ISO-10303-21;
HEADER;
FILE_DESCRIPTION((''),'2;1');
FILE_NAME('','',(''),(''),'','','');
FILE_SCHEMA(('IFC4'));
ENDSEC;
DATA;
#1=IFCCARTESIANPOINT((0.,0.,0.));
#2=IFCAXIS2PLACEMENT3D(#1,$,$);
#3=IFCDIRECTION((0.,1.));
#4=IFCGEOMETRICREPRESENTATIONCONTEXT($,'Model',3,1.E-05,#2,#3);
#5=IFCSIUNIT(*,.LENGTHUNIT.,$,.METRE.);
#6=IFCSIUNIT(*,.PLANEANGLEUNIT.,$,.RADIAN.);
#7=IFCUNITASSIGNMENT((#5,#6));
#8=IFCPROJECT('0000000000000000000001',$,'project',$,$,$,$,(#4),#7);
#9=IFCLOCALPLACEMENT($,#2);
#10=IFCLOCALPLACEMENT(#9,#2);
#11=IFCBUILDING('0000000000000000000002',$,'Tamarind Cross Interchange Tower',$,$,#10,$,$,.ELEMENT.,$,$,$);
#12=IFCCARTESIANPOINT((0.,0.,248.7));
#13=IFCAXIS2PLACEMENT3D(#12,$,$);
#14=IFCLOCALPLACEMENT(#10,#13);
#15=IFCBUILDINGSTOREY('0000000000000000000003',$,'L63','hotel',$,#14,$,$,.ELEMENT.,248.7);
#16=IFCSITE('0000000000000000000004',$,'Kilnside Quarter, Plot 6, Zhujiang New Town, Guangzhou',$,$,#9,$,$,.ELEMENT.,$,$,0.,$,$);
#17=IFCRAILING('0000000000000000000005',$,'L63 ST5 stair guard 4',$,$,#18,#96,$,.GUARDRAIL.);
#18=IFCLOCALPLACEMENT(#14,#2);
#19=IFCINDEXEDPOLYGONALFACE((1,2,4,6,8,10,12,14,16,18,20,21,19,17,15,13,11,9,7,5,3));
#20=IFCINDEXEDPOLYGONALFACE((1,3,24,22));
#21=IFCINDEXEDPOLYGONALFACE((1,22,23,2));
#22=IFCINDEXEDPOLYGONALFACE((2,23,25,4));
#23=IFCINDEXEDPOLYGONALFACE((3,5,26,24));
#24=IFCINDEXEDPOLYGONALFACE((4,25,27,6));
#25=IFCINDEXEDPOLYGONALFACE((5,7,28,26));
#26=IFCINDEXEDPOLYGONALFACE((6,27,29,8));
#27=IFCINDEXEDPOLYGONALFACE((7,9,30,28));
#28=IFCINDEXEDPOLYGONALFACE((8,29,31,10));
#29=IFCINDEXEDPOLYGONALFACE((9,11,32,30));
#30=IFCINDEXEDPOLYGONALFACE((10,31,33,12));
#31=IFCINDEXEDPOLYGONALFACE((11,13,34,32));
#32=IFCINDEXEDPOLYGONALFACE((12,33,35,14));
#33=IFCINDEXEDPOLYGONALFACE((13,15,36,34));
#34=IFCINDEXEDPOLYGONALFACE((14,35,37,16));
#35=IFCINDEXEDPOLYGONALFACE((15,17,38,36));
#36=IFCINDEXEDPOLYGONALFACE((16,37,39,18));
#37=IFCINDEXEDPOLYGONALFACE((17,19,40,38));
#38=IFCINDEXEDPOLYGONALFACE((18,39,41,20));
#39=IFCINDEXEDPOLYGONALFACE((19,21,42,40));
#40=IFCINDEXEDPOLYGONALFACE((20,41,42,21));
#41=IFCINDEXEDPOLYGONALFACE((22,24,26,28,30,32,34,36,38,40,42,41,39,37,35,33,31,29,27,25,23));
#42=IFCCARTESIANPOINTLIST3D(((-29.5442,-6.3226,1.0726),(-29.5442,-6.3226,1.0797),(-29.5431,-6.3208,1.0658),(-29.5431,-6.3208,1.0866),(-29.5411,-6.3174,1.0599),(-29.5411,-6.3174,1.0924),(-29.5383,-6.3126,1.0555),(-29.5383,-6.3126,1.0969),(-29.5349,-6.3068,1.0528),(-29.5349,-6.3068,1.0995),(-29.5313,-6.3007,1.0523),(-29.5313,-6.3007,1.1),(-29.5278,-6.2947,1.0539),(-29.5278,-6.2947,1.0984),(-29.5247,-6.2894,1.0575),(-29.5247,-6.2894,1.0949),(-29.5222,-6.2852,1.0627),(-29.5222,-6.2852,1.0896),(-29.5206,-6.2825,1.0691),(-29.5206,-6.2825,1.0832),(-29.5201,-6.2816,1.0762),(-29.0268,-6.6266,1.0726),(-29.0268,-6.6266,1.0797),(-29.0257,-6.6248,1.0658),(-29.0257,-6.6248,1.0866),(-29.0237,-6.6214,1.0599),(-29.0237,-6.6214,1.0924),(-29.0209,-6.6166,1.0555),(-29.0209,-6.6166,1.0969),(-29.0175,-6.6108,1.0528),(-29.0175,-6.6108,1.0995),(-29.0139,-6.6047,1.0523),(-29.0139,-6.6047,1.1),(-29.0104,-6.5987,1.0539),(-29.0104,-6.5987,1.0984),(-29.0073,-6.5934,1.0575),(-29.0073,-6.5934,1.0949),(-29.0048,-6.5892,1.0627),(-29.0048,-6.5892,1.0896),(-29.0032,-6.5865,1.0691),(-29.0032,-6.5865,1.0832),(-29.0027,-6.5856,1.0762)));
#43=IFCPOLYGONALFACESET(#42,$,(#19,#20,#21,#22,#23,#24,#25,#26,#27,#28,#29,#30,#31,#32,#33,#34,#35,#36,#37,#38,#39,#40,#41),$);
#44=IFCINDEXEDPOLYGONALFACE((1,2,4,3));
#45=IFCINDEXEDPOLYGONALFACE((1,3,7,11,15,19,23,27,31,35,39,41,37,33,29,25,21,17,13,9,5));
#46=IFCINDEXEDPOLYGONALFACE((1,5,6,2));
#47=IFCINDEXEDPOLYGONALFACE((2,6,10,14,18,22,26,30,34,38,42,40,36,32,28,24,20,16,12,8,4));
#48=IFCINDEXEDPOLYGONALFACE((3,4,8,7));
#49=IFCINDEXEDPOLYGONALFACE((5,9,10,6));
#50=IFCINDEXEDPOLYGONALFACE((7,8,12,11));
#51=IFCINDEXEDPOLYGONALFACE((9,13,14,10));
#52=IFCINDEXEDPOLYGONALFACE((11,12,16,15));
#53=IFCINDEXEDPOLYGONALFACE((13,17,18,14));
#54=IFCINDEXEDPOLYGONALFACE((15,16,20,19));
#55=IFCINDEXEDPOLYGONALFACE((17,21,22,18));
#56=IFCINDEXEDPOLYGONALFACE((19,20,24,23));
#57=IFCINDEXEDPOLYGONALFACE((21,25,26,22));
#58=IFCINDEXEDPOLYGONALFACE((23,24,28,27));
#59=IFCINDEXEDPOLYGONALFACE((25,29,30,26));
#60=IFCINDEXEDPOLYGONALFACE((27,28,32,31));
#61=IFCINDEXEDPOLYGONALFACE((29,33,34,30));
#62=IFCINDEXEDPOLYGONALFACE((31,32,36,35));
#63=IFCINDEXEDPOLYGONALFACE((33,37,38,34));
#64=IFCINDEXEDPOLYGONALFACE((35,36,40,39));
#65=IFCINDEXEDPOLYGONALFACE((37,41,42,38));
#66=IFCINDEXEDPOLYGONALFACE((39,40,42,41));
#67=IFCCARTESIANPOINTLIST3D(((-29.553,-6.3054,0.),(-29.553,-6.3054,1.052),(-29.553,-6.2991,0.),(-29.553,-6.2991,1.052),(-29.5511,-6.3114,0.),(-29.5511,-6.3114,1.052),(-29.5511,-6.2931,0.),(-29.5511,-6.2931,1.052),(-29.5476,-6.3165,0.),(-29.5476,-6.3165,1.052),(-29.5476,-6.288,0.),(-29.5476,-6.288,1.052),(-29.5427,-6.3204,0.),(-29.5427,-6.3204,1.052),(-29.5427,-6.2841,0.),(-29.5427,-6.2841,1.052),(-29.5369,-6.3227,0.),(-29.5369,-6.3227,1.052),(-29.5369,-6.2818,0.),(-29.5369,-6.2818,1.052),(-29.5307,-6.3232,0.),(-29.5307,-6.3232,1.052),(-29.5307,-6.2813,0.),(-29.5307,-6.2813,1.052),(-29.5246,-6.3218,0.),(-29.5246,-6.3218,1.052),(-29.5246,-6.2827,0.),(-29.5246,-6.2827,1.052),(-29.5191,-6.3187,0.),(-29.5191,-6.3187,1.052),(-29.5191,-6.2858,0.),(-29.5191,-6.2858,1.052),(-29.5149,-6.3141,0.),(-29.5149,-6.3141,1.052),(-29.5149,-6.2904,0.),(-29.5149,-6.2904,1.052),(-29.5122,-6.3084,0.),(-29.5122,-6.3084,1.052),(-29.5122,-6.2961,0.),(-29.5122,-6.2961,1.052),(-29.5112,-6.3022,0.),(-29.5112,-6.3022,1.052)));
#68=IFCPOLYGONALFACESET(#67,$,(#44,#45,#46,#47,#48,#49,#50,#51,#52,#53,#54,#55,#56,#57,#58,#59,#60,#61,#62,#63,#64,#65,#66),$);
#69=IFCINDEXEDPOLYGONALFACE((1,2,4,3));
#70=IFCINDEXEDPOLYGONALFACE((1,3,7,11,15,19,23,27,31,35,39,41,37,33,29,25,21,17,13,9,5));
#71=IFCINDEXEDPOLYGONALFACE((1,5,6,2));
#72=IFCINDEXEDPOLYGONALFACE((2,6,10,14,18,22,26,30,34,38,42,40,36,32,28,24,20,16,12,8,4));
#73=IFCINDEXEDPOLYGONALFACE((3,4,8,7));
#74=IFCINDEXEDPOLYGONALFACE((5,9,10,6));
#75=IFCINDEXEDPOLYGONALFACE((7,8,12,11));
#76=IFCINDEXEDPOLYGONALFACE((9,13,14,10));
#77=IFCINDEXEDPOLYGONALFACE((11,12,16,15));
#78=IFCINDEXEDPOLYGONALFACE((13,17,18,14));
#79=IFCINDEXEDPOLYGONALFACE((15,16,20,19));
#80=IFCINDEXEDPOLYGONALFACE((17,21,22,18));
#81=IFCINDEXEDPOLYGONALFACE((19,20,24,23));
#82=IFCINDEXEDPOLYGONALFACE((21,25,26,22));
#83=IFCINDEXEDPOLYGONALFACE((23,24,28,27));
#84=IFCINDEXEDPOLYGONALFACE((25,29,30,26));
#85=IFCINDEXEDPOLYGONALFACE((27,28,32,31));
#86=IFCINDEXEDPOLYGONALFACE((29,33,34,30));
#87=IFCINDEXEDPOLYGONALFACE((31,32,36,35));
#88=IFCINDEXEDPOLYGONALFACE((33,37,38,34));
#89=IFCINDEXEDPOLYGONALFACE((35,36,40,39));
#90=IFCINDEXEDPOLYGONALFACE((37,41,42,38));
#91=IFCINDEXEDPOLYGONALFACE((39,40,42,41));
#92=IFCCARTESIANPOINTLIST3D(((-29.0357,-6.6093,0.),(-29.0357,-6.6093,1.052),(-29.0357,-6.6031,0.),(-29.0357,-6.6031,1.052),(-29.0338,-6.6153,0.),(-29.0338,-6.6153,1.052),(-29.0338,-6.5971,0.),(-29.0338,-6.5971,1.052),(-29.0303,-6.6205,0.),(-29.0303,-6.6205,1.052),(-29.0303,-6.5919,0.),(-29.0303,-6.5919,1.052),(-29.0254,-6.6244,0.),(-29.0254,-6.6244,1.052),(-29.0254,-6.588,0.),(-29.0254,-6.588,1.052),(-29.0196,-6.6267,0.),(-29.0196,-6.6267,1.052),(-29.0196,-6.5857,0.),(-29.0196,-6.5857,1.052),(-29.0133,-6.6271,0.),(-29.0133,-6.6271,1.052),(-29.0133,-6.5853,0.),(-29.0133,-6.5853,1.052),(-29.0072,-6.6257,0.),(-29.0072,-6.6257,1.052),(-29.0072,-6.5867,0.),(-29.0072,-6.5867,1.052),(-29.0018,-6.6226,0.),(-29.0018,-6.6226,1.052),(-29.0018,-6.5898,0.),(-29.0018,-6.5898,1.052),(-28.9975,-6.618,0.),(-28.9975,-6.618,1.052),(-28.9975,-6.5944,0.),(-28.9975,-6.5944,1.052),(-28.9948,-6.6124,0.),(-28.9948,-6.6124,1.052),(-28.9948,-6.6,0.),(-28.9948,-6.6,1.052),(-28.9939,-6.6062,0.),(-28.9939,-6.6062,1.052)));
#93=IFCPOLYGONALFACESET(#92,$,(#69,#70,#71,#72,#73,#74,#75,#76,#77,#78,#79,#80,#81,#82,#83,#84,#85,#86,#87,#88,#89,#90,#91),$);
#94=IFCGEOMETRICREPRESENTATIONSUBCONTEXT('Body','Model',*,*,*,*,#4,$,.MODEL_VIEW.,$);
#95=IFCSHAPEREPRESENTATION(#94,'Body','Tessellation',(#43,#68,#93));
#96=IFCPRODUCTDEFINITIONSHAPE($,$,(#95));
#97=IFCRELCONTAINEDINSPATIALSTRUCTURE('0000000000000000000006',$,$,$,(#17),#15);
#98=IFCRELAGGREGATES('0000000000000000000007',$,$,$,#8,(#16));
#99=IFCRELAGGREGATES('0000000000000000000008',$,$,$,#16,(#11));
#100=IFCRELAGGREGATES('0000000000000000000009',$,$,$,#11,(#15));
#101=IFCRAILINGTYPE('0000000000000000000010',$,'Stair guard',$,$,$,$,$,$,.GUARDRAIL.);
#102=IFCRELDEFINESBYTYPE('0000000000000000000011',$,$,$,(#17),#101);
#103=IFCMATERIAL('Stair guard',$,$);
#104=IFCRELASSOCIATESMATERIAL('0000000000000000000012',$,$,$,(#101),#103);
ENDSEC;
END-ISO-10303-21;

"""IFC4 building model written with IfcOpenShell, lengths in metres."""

from ifc_helpers import new_model, si_unit, direction, frame, origin, origin_2d, place, context, subcontext, project, spatial, circle, extrude, material, type_object, element, save


model = new_model("IFC4")

# Units and contexts
model_context = context("Model", 3, precision=1e-05, world=origin(), true_north=direction((0.0, 1.0)))
body_context = subcontext(model_context, "Body", "Model", "MODEL_VIEW")
ifc_project = project(units=[si_unit("LENGTHUNIT", "METRE"), si_unit("PLANEANGLEUNIT", "RADIAN")], contexts=[model_context])

# Site, building, storey
site_placement = place(None, origin())
site = spatial("IfcSite", under=ifc_project, at=site_placement, Name="Kilnside Quarter, Plot 6, Zhujiang New Town, Guangzhou", CompositionType="ELEMENT", RefElevation=0.0)
building_placement = place(site_placement, origin())
building = spatial("IfcBuilding", under=site, at=building_placement, Name="Tamarind Cross Interchange Tower", CompositionType="ELEMENT")
storey_placement = place(building_placement, frame((0.0, 0.0, 248.7)))
storey = spatial("IfcBuildingStorey", under=building, at=storey_placement, Name="L63", Description="hotel", CompositionType="ELEMENT", Elevation=248.7)

# Railing
ifc_material_1 = material(Name="Stair guard")
railing_type_1 = type_object("IfcRailingType", Name="Stair guard", PredefinedType="GUARDRAIL", material=ifc_material_1)
railing_1_placement = place(storey_placement, frame((-29.5322, -6.3022, 0.0)))
element("IfcRailing", 1, at=railing_1_placement, inside=storey, type_object=railing_type_1, Name="L63 ST5 stair guard 4", PredefinedType="GUARDRAIL", context=body_context, shape_type="SweptSolid", body=[
    extrude(circle(Radius=0.0239, at=origin_2d()), frame((0.0, 0.0, 1.0762), z_axis=(0.862196, -0.506576, 0.0), x_axis=(0.506576, 0.862196, 0.0)), (0.0, 0.0, 1.0), 0.6001),
    extrude(circle(Radius=0.021, at=origin_2d()), origin(), (0.0, 0.0, 1.0), 1.052),
    extrude(circle(Radius=0.021, at=origin_2d()), frame((0.5173, -0.304, 0.0)), (0.0, 0.0, 1.0), 1.052),
])

save(model, "model.ifc")
